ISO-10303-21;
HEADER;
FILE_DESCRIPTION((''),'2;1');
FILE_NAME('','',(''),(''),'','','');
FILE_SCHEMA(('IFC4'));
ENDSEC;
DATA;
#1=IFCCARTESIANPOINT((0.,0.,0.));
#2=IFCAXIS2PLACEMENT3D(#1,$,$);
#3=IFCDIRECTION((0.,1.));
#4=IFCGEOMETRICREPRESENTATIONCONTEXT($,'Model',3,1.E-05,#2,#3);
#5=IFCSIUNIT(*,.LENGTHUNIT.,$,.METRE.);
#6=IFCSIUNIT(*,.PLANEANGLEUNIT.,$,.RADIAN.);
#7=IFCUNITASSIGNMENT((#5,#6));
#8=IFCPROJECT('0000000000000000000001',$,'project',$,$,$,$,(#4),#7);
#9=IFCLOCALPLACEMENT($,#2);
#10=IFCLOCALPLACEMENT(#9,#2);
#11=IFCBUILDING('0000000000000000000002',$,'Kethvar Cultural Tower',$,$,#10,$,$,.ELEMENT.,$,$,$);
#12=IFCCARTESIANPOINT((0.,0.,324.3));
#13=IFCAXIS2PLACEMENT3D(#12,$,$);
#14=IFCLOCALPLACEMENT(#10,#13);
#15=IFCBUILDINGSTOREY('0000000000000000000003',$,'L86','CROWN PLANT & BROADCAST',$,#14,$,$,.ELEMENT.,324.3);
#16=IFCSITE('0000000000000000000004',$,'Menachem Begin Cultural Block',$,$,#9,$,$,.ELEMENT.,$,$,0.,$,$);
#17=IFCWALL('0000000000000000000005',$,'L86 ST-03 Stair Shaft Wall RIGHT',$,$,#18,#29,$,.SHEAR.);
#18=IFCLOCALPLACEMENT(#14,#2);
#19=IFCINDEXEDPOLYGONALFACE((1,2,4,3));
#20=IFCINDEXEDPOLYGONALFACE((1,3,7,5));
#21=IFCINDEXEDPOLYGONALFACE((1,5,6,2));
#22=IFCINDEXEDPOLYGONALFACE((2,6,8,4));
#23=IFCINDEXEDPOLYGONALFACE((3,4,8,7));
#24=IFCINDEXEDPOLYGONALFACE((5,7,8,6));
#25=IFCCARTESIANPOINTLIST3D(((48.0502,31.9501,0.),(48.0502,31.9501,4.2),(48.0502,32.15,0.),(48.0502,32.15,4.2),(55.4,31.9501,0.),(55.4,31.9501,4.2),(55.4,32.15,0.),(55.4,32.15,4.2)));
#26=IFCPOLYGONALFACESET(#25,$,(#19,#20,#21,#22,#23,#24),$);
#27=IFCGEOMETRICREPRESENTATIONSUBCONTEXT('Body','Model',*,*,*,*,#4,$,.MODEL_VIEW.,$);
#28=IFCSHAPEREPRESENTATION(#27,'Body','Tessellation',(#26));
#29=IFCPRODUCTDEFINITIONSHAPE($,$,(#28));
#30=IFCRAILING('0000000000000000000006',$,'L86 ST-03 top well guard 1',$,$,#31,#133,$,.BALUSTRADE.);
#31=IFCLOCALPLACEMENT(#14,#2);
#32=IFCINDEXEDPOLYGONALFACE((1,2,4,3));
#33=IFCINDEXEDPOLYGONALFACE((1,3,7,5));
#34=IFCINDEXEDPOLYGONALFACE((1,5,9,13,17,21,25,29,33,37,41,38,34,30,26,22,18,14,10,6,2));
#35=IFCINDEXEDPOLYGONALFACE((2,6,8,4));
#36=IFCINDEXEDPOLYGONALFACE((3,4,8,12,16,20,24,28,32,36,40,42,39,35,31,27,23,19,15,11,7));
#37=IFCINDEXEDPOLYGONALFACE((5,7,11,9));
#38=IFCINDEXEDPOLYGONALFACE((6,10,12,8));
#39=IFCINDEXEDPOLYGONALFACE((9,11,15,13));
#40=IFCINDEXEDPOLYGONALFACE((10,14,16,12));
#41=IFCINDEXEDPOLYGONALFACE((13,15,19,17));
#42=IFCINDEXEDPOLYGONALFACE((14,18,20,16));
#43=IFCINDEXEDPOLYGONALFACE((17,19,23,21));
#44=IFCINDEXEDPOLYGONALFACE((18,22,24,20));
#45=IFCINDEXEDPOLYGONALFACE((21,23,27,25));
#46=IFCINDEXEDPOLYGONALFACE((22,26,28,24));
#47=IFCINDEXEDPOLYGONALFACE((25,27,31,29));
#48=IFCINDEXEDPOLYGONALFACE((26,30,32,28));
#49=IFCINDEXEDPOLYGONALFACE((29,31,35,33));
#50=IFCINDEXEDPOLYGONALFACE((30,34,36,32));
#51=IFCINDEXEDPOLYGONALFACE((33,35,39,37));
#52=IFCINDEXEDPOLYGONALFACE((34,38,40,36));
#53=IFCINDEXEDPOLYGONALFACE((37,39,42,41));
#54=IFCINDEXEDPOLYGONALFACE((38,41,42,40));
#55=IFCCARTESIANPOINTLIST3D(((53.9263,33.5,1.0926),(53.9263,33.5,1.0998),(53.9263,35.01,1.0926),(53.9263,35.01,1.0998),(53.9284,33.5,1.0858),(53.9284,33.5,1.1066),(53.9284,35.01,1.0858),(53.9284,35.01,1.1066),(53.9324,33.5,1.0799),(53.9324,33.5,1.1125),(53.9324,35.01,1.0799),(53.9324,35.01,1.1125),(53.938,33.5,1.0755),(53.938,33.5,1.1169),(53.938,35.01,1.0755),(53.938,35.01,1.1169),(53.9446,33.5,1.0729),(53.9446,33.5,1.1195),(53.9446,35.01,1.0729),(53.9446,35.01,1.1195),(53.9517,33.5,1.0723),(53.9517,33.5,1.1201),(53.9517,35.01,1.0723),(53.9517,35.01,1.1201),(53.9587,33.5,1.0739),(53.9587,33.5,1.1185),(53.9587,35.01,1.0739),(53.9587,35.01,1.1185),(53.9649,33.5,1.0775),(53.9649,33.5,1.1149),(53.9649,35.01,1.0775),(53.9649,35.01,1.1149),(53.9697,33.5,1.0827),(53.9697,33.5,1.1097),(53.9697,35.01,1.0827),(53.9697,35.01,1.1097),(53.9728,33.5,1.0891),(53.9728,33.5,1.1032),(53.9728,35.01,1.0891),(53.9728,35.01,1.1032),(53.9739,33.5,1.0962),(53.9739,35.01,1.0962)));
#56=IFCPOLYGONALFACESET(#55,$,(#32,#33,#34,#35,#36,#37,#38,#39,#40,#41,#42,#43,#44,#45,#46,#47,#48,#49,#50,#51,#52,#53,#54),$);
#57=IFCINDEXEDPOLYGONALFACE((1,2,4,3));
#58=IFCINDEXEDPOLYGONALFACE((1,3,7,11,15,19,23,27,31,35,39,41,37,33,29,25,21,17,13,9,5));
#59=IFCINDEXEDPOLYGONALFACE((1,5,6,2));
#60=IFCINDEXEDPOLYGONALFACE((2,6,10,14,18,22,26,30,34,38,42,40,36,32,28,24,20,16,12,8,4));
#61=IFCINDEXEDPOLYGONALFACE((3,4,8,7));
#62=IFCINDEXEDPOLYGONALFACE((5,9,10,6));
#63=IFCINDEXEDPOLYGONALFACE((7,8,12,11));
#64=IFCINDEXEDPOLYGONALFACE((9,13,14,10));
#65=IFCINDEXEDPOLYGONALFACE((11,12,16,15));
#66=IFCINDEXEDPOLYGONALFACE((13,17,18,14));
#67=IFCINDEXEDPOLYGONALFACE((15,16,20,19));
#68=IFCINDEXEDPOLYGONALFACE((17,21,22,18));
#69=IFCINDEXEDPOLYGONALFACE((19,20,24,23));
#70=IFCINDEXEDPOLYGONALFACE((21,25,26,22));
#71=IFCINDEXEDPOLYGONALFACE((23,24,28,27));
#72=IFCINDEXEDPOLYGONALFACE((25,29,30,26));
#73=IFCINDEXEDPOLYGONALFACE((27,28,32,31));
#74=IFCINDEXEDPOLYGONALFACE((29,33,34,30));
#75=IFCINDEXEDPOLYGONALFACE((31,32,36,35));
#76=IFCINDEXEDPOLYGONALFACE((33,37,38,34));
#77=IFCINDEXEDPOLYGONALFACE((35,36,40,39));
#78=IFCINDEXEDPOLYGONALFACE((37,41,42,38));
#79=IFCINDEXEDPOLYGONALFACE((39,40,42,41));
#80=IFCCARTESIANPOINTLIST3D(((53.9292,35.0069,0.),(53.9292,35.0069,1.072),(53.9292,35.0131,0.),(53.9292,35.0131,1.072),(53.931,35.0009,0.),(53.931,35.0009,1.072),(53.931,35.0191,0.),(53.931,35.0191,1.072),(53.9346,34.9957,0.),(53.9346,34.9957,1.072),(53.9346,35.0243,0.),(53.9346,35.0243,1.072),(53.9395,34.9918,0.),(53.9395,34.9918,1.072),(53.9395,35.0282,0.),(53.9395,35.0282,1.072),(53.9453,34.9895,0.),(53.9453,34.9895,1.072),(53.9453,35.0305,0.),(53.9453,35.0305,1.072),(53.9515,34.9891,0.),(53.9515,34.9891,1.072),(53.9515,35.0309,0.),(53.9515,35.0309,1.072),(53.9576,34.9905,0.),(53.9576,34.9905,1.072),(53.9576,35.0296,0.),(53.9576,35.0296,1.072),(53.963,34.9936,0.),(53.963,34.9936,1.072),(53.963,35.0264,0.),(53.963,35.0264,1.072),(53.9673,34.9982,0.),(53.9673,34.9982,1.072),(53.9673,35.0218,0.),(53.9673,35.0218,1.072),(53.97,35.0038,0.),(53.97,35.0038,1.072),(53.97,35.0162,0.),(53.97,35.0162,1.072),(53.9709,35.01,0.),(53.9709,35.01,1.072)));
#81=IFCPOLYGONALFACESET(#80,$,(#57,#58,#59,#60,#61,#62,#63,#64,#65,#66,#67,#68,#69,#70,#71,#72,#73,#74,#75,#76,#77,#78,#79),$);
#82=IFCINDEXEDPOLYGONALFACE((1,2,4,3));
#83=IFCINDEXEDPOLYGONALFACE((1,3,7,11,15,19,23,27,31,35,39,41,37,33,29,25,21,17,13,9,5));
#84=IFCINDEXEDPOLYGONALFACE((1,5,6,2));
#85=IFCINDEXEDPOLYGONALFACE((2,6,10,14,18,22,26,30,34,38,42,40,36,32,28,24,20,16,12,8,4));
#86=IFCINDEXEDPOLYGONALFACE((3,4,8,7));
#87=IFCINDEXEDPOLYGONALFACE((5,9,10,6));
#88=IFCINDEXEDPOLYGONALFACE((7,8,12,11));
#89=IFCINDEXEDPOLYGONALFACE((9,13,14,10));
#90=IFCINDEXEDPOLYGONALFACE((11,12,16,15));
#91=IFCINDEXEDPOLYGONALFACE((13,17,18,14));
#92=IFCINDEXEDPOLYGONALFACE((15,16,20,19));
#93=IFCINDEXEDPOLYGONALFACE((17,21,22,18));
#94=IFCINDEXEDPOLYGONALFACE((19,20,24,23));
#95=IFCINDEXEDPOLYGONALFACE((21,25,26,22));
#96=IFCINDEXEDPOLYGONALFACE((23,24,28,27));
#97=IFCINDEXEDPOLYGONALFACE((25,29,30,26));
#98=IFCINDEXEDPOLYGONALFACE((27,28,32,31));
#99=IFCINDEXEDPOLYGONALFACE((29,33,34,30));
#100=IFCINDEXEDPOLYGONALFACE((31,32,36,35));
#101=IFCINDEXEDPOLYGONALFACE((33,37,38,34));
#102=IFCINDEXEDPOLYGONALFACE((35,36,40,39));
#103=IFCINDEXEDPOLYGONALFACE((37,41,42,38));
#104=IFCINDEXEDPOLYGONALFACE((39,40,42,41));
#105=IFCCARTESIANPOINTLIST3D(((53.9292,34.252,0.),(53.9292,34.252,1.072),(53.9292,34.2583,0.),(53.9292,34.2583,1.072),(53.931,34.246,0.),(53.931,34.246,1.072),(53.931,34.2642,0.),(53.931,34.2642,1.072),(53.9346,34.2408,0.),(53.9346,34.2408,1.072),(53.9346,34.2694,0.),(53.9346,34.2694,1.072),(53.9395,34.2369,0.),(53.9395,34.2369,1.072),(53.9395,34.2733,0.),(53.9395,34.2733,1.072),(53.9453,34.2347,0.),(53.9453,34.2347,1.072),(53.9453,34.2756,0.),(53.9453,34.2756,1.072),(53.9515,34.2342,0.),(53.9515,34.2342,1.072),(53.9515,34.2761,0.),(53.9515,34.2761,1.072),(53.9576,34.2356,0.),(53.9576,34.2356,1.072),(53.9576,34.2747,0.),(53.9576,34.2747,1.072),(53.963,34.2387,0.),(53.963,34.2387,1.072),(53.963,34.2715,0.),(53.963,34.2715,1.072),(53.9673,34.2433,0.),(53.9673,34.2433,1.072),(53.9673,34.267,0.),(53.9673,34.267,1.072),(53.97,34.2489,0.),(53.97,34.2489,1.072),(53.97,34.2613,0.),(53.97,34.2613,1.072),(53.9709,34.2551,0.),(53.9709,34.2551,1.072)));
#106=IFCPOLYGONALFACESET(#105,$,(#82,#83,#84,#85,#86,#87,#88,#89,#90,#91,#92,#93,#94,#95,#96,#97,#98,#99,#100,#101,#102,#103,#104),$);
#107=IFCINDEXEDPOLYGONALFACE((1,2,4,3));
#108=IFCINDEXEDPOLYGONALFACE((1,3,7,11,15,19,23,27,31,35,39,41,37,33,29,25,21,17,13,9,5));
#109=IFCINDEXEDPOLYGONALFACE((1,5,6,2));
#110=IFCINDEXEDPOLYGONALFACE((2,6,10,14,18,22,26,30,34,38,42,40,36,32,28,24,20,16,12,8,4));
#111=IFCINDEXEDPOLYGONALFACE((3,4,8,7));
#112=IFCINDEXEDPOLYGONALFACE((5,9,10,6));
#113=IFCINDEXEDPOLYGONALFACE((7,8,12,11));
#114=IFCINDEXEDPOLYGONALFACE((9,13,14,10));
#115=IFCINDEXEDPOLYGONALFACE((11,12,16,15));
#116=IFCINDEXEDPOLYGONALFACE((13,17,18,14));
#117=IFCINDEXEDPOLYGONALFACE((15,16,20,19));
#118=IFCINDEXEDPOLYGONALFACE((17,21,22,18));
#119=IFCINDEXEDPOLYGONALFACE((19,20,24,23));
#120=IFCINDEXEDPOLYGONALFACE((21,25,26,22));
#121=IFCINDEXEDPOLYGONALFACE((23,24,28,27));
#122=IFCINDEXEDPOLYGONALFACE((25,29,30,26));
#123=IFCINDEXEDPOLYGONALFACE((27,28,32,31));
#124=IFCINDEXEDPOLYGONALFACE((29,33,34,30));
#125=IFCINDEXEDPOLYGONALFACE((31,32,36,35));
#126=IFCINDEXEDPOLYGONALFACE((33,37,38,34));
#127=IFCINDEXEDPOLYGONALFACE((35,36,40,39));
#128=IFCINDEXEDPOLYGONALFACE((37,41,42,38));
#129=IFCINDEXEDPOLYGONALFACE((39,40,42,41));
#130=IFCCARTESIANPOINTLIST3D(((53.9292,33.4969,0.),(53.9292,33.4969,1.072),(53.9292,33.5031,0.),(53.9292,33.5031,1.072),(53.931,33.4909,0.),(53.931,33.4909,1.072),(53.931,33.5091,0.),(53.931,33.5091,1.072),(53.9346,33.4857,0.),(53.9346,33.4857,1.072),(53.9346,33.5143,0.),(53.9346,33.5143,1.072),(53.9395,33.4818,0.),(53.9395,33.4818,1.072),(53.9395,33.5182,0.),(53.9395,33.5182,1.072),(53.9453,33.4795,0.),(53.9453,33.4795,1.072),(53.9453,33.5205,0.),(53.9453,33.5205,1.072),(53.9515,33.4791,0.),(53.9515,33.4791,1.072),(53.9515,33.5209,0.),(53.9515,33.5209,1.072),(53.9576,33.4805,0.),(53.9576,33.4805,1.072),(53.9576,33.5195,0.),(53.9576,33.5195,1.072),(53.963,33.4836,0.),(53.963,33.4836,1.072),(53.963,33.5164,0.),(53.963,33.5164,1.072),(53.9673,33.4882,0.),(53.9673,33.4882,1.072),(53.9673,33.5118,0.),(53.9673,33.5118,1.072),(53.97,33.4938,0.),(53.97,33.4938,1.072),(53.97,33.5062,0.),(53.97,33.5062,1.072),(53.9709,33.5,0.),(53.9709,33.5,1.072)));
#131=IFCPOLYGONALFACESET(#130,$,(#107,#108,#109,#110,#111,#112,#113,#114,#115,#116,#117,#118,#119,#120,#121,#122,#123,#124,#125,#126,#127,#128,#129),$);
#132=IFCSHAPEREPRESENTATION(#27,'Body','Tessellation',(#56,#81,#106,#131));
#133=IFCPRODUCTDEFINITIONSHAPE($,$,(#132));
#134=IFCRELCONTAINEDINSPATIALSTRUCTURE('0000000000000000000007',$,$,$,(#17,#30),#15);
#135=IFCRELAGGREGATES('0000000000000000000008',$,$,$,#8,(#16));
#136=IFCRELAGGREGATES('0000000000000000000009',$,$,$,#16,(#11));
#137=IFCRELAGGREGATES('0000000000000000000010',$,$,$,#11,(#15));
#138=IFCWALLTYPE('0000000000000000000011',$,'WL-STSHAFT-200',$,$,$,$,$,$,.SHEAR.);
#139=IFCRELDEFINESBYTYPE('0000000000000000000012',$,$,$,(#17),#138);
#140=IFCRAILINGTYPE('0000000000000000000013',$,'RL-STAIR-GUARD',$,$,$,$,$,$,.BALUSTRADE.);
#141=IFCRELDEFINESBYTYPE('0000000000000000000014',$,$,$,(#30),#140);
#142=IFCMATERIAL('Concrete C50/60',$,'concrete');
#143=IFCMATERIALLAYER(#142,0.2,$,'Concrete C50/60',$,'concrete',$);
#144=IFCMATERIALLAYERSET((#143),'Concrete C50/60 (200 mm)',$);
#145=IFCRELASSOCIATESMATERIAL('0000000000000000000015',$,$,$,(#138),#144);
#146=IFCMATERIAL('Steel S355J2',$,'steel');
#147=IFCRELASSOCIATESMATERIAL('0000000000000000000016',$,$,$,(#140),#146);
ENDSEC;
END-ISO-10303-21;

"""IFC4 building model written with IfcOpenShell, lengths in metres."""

from ifc_helpers import new_model, si_unit, direction, frame, frame_2d, origin, origin_2d, place, context, subcontext, project, spatial, rectangle, circle, extrude, material, layer, layer_set, type_object, element, save


model = new_model("IFC4")

# Units and contexts
model_context = context("Model", 3, precision=1e-05, world=origin(), true_north=direction((0.0, 1.0)))
body_context = subcontext(model_context, "Body", "Model", "MODEL_VIEW")
ifc_project = project(units=[si_unit("LENGTHUNIT", "METRE"), si_unit("PLANEANGLEUNIT", "RADIAN")], contexts=[model_context])

# Site, building, storey
site_placement = place(None, origin())
site = spatial("IfcSite", under=ifc_project, at=site_placement, Name="Menachem Begin Cultural Block", CompositionType="ELEMENT", RefElevation=0.0)
building_placement = place(site_placement, origin())
building = spatial("IfcBuilding", under=site, at=building_placement, Name="Kethvar Cultural Tower", CompositionType="ELEMENT")
storey_placement = place(building_placement, frame((0.0, 0.0, 324.3)))
storey = spatial("IfcBuildingStorey", under=building, at=storey_placement, Name="L86", Description="CROWN PLANT & BROADCAST", CompositionType="ELEMENT", Elevation=324.3)

# Shared definitions
ifc_material_1 = material(Name="Steel S355J2", Category="steel")

# Shared definitions
ifc_material_2 = material(Name="Concrete C50/60", Category="concrete")

# Wall
ifc_layer_1 = layer(ifc_material_2, 0.2, Name="Concrete C50/60", Category="concrete")
ifc_layer_set_1 = layer_set([ifc_layer_1], Name="Concrete C50/60 (200 mm)")
wall_type_1 = type_object("IfcWallType", Name="WL-STSHAFT-200", PredefinedType="SHEAR", material=ifc_layer_set_1)
for number, where, z_axis, x_axis, name in (
    (1, (55.3999, 32.05, 0.0), (0.0, 0.0, 1.0), (-1.0, 0.0, 0.0), "L86 ST-03 Stair Shaft Wall RIGHT"),
):
    element("IfcWall", number, at=place(storey_placement, frame(where, z_axis=z_axis, x_axis=x_axis)), inside=storey, type_object=wall_type_1, Name=name, PredefinedType="SHEAR", context=body_context, shape_type="SweptSolid", body=[
        extrude(rectangle(XDim=7.3499, YDim=0.2, at=frame_2d((3.6748, 0.0))), origin(), (0.0, 0.0, 1.0), 4.2),
    ])

# Railing
railing_type = type_object("IfcRailingType", Name="RL-STAIR-GUARD", PredefinedType="BALUSTRADE", material=ifc_material_1)
railing_placement = place(storey_placement, frame((53.95, 35.01, 0.0)))
element("IfcRailing", 2, at=railing_placement, inside=storey, type_object=railing_type, Name="L86 ST-03 top well guard 1", PredefinedType="BALUSTRADE", context=body_context, shape_type="SweptSolid", body=[
    extrude(circle(Radius=0.0239, at=origin_2d()), frame((0.0, 0.0, 1.0962), z_axis=(0.0, -1.0, 0.0), x_axis=(1.0, 0.0, 0.0)), (0.0, 0.0, 1.0), 1.51),
    extrude(circle(Radius=0.021, at=origin_2d()), origin(), (0.0, 0.0, 1.0), 1.072),
    extrude(circle(Radius=0.021, at=origin_2d()), frame((0.0, -0.7549, 0.0)), (0.0, 0.0, 1.0), 1.072),
    extrude(circle(Radius=0.021, at=origin_2d()), frame((0.0, -1.51, 0.0)), (0.0, 0.0, 1.0), 1.072),
])

save(model, "model.ifc")
